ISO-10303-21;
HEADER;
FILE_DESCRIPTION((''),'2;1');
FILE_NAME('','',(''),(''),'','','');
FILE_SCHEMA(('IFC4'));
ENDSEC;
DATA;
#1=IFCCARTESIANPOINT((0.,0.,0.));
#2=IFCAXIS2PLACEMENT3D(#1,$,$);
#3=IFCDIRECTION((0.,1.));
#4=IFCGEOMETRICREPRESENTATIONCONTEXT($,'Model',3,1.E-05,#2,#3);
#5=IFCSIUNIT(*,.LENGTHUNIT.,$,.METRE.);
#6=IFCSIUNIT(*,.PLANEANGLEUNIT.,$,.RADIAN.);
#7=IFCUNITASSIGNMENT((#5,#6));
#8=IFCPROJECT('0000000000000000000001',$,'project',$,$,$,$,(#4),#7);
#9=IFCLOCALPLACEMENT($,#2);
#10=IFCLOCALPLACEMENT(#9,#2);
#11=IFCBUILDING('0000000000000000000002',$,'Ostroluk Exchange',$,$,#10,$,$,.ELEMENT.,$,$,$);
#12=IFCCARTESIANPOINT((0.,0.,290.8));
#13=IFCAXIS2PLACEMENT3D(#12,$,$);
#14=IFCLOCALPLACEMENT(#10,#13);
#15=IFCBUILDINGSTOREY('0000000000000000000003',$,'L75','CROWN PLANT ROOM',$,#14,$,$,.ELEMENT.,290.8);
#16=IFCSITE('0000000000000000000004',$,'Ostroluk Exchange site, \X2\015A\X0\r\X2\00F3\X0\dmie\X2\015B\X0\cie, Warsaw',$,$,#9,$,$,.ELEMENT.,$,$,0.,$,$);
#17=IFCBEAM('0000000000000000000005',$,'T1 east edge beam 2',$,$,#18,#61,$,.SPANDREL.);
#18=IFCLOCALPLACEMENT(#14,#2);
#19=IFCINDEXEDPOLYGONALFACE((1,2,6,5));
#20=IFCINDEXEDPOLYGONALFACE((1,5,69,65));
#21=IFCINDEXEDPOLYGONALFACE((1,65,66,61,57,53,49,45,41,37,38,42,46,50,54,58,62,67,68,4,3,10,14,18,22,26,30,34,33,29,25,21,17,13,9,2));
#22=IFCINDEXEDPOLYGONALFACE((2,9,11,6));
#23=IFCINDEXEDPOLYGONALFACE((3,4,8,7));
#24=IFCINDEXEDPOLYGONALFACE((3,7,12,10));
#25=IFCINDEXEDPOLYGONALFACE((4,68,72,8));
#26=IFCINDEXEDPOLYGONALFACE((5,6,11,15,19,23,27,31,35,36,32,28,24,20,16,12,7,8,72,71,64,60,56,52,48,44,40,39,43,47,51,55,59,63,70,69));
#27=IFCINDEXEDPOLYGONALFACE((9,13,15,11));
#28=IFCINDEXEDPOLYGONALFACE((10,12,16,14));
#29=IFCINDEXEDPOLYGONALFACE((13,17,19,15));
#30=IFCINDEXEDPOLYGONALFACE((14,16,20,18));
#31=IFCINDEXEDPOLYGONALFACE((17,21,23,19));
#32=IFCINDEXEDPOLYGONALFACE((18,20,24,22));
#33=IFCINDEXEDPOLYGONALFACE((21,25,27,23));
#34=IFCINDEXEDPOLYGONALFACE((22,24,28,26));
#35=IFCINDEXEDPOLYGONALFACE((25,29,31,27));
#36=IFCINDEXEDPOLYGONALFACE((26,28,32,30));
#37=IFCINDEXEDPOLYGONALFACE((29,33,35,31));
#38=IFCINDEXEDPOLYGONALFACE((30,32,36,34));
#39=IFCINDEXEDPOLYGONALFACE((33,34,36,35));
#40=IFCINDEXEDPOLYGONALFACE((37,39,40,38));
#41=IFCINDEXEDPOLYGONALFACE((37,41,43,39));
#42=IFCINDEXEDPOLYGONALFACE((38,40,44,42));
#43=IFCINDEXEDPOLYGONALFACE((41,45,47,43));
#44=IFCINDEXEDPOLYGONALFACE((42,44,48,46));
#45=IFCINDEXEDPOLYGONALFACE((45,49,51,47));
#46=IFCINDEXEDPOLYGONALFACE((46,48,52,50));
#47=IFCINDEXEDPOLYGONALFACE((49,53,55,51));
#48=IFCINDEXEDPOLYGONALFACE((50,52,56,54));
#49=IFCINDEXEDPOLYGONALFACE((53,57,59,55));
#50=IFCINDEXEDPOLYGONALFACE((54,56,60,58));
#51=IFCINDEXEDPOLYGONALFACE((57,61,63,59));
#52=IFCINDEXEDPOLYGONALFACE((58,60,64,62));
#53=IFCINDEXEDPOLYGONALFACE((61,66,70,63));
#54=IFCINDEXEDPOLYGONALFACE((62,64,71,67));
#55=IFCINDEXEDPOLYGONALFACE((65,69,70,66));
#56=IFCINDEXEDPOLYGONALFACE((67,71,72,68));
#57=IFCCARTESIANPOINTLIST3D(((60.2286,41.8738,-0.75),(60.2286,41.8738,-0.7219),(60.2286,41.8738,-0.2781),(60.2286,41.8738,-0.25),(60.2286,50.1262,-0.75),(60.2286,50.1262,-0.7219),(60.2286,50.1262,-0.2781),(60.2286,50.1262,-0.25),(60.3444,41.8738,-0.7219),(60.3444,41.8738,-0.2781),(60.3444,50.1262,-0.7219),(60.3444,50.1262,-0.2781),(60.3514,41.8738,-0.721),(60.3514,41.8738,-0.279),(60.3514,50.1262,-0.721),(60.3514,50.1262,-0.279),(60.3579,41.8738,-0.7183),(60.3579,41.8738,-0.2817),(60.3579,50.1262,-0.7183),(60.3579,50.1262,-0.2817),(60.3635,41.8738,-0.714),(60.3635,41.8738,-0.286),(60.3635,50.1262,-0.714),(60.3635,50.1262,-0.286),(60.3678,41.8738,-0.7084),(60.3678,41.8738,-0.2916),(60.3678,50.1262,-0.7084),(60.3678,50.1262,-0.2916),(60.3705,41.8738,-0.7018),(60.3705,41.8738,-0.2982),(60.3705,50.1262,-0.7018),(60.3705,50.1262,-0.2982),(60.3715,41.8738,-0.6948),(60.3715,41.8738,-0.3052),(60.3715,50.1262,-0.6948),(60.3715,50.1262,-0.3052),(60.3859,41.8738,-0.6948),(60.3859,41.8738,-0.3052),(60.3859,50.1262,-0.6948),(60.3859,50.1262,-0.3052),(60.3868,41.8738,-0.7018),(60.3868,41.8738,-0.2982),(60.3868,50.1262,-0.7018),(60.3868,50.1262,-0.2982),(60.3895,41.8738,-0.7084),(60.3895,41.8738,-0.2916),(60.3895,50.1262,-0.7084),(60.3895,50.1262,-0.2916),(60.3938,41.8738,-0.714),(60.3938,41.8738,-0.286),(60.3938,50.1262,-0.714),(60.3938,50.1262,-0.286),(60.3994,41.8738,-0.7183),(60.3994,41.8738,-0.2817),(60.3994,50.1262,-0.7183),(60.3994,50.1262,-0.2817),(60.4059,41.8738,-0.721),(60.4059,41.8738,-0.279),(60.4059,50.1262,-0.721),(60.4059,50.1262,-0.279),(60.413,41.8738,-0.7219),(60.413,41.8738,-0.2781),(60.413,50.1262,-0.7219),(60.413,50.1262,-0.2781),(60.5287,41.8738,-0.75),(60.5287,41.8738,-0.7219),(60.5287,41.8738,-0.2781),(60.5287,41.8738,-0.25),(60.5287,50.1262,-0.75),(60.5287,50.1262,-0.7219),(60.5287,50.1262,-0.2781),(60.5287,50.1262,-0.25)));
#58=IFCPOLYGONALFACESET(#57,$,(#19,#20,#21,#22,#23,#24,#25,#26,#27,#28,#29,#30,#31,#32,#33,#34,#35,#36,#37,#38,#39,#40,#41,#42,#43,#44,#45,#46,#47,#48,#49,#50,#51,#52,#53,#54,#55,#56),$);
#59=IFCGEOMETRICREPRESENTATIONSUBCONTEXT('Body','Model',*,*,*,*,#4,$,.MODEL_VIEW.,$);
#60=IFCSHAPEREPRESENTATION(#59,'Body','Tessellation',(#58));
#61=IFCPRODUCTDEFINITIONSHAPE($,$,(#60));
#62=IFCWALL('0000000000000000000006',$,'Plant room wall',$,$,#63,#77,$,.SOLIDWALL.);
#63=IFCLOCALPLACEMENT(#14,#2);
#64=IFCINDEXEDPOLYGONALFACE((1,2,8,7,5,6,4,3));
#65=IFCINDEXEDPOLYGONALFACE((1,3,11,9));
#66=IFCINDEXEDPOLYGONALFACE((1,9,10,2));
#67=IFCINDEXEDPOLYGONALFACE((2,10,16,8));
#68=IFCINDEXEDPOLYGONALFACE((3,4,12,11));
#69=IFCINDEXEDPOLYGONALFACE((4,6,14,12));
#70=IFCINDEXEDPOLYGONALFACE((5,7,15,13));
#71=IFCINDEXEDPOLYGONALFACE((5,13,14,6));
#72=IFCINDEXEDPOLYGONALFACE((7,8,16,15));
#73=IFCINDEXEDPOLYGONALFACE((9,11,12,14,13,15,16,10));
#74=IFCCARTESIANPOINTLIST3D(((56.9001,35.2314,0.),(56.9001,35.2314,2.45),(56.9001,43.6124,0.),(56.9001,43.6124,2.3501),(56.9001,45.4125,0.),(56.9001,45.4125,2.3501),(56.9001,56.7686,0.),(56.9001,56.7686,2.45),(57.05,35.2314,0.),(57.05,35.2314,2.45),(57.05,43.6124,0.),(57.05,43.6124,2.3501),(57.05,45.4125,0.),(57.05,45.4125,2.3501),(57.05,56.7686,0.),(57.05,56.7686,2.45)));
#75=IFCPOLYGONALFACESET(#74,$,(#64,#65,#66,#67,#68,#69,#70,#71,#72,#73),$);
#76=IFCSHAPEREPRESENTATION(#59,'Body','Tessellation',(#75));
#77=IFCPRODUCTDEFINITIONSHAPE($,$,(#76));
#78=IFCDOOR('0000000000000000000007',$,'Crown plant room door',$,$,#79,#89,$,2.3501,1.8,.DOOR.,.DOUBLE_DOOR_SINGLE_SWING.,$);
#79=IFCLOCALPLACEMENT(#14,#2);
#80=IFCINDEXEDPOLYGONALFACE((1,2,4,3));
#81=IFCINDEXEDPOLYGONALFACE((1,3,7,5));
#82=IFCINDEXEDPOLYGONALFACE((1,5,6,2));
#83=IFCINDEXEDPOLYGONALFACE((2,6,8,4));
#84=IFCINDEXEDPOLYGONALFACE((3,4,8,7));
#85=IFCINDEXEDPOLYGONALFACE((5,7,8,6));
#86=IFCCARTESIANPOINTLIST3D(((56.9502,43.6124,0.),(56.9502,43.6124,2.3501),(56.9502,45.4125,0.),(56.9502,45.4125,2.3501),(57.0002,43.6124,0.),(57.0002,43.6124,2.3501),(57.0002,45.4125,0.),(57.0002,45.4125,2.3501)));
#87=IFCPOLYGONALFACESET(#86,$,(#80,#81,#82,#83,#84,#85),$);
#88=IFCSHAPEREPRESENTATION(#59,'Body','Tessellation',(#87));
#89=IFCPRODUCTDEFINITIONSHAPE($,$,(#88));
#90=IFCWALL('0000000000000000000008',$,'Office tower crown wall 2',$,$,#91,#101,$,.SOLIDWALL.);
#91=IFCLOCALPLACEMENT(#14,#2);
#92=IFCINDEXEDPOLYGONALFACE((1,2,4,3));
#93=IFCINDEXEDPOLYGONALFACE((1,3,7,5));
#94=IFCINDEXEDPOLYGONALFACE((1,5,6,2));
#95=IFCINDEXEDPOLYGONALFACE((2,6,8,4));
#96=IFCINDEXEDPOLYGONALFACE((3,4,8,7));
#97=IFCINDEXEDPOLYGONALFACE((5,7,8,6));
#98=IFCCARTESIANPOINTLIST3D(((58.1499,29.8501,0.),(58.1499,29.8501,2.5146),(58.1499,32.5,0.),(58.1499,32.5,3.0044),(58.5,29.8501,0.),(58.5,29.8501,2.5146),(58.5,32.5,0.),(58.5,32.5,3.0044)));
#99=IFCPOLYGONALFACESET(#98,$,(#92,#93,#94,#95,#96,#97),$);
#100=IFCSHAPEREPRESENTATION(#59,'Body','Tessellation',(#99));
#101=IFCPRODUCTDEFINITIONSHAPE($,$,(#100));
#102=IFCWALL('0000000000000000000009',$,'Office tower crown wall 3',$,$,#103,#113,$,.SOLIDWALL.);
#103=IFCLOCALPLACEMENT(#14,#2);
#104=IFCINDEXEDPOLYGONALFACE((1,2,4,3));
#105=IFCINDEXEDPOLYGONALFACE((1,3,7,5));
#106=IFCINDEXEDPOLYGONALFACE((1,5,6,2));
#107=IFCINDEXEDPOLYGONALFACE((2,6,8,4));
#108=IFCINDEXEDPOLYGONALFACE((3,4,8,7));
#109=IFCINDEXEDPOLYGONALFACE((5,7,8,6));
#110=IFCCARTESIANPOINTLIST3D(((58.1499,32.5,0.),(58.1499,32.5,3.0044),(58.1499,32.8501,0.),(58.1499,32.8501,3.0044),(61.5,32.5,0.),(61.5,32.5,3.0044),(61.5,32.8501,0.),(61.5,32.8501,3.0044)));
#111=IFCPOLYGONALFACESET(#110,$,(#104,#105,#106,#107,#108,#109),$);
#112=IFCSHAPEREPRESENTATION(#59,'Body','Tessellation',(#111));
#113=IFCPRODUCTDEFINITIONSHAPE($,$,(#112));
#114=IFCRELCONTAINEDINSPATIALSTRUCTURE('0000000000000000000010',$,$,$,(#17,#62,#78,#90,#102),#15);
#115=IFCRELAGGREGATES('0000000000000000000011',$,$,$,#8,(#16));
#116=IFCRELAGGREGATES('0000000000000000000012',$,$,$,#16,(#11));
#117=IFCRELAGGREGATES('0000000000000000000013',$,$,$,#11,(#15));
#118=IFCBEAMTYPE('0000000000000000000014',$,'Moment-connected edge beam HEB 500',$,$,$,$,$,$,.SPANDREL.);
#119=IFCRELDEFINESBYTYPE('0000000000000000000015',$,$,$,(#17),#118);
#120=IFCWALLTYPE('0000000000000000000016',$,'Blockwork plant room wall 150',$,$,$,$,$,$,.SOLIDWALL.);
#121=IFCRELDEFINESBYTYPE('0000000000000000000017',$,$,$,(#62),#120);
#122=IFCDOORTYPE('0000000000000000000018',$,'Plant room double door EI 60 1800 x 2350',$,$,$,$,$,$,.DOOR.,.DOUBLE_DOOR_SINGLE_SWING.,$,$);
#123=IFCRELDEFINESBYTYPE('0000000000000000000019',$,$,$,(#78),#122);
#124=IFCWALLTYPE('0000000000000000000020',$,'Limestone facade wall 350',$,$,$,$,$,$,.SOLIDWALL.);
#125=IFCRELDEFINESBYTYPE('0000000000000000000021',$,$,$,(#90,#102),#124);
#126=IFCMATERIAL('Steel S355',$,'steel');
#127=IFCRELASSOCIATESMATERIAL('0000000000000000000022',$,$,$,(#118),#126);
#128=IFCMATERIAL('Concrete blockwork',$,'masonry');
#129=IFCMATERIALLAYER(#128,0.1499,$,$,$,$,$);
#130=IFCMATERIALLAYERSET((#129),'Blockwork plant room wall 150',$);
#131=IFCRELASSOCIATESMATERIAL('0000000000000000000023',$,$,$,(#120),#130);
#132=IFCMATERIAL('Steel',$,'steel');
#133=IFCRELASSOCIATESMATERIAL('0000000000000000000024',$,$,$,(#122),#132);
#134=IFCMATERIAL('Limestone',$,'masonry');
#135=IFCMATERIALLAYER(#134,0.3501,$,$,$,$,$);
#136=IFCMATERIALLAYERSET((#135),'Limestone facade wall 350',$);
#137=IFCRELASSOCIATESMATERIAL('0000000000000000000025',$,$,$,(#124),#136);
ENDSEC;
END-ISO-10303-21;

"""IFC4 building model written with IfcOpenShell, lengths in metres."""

from ifc_helpers import new_model, si_unit, direction, frame, frame_2d, origin, origin_2d, place, context, subcontext, project, spatial, polyline, rectangle, i_section, outline, extrude, material, layer, layer_set, material_profile, profile_set, type_object, element, fill, save


model = new_model("IFC4")

# Units and contexts
model_context = context("Model", 3, precision=1e-05, world=origin(), true_north=direction((0.0, 1.0)))
body_context = subcontext(model_context, "Body", "Model", "MODEL_VIEW")
ifc_project = project(units=[si_unit("LENGTHUNIT", "METRE"), si_unit("PLANEANGLEUNIT", "RADIAN")], contexts=[model_context])

# Site, building, storey
site_placement = place(None, origin())
site = spatial("IfcSite", under=ifc_project, at=site_placement, Name="Ostroluk Exchange site, Śródmieście, Warsaw", CompositionType="ELEMENT", RefElevation=0.0)
building_placement = place(site_placement, origin())
building = spatial("IfcBuilding", under=site, at=building_placement, Name="Ostroluk Exchange", CompositionType="ELEMENT")
storey_placement = place(building_placement, frame((0.0, 0.0, 290.8)))
storey = spatial("IfcBuildingStorey", under=building, at=storey_placement, Name="L75", Description="CROWN PLANT ROOM", CompositionType="ELEMENT", Elevation=290.8)

# Beam
ifc_material_1 = material(Name="Steel S355", Category="steel")
ifc_material_profile_1 = material_profile(ifc_material_1, i_section(OverallWidth=0.3, OverallDepth=0.5, WebThickness=0.0144, FlangeThickness=0.0281, FilletRadius=0.0271, at=origin_2d()), Name="HEB 500")
ifc_profile_set_1 = profile_set([ifc_material_profile_1], Name="Steel S355")
beam_type_1 = type_object("IfcBeamType", Name="Moment-connected edge beam HEB 500", PredefinedType="SPANDREL", material=ifc_profile_set_1)
for number, where, z_axis, x_axis, name in (
    (1, (60.3787, 41.8738, -0.5), (0.0, 1.0, 0.0), (-1.0, 0.0, 0.0), "T1 east edge beam 2"),
):
    element("IfcBeam", number, at=place(storey_placement, frame(where, z_axis=z_axis, x_axis=x_axis)), inside=storey, type_object=beam_type_1, Name=name, PredefinedType="SPANDREL", context=body_context, shape_type="SweptSolid", body=[
        extrude(i_section(OverallWidth=0.3, OverallDepth=0.5, WebThickness=0.0144, FlangeThickness=0.0281, FilletRadius=0.0271, at=origin_2d()), origin(), (0.0, 0.0, 1.0), 8.2524),
    ])

# Wall, opening, door
ifc_material_2 = material(Name="Concrete blockwork", Category="masonry")
ifc_layer_1 = layer(ifc_material_2, 0.1499)
ifc_layer_set_1 = layer_set([ifc_layer_1], Name="Blockwork plant room wall 150")
wall_type_1 = type_object("IfcWallType", Name="Blockwork plant room wall 150", PredefinedType="SOLIDWALL", material=ifc_layer_set_1)
wall_1_placement = place(storey_placement, frame((56.9751, 35.2314, 0.0), z_axis=(0.0, 0.0, 1.0), x_axis=(0.0, 1.0, 0.0)))
wall_1 = element("IfcWall", 2, at=wall_1_placement, inside=storey, type_object=wall_type_1, Name="Plant room wall", PredefinedType="SOLIDWALL", context=body_context, shape_type="SweptSolid", body=[
    extrude(rectangle(XDim=21.5371, YDim=0.1499, at=frame_2d((10.7686, 0.0))), origin(), (0.0, 0.0, 1.0), 2.45),
])
opening_1_placement = place(wall_1_placement, frame((8.3811, 0.0, 0.0)))
opening_1 = element("IfcOpeningElement", 3, at=opening_1_placement, cuts=wall_1, PredefinedType="OPENING", context=body_context, shape_type="SweptSolid", body=[
    extrude(rectangle(XDim=1.8, YDim=2.3501, at=frame_2d((0.8999, 1.175))), frame((0.0, 0.085, 0.0), z_axis=(0.0, -1.0, 0.0), x_axis=(1.0, 0.0, 0.0)), (0.0, 0.0, 1.0), 0.1699),
])
ifc_material_3 = material(Name="Steel", Category="steel")
door_type = type_object("IfcDoorType", Name="Plant room double door EI 60 1800 x 2350", OperationType="DOUBLE_DOOR_SINGLE_SWING", PredefinedType="DOOR", material=ifc_material_3)
door_placement = place(opening_1_placement, origin())
door = element("IfcDoor", 4, at=door_placement, inside=storey, type_object=door_type, Name="Crown plant room door", OperationType="DOUBLE_DOOR_SINGLE_SWING", OverallHeight=2.3501, OverallWidth=1.8, PredefinedType="DOOR", context=body_context, shape_type="SweptSolid", body=[
    extrude(rectangle(XDim=1.8, YDim=2.3501, at=frame_2d((0.8999, 1.175))), frame((0.0, 0.0249, 0.0), z_axis=(0.0, -1.0, 0.0), x_axis=(1.0, 0.0, 0.0)), (0.0, 0.0, 1.0), 0.05),
])
fill(opening_1, door)

# Walls
ifc_material_4 = material(Name="Limestone", Category="masonry")
ifc_layer_2 = layer(ifc_material_4, 0.3501)
ifc_layer_set_2 = layer_set([ifc_layer_2], Name="Limestone facade wall 350")
wall_type_2 = type_object("IfcWallType", Name="Limestone facade wall 350", PredefinedType="SOLIDWALL", material=ifc_layer_set_2)
wall_2_placement = place(storey_placement, frame((58.325, 29.8501, 0.0), z_axis=(0.0, 0.0, 1.0), x_axis=(0.0, 1.0, 0.0)))
element("IfcWall", 5, at=wall_2_placement, inside=storey, type_object=wall_type_2, Name="Office tower crown wall 2", PredefinedType="SOLIDWALL", context=body_context, shape_type="SweptSolid", body=[
    extrude(outline(polyline([(0.0, 0.0), (2.6499, 0.0), (2.6499, 3.0044), (0.0, 2.5146), (0.0, 0.0)])), frame((0.0, 0.175, 0.0), z_axis=(0.0, -1.0, 0.0), x_axis=(1.0, 0.0, 0.0)), (0.0, 0.0, 1.0), 0.3501),
])
wall_3_placement = place(storey_placement, frame((58.1499, 32.675, 0.0), z_axis=(0.0, 0.0, 1.0), x_axis=(1.0, 0.0, 0.0)))
element("IfcWall", 6, at=wall_3_placement, inside=storey, type_object=wall_type_2, Name="Office tower crown wall 3", PredefinedType="SOLIDWALL", context=body_context, shape_type="SweptSolid", body=[
    extrude(rectangle(XDim=3.3501, YDim=0.3501, at=frame_2d((1.675, 0.0))), origin(), (0.0, 0.0, 1.0), 3.0044),
])

save(model, "model.ifc")
